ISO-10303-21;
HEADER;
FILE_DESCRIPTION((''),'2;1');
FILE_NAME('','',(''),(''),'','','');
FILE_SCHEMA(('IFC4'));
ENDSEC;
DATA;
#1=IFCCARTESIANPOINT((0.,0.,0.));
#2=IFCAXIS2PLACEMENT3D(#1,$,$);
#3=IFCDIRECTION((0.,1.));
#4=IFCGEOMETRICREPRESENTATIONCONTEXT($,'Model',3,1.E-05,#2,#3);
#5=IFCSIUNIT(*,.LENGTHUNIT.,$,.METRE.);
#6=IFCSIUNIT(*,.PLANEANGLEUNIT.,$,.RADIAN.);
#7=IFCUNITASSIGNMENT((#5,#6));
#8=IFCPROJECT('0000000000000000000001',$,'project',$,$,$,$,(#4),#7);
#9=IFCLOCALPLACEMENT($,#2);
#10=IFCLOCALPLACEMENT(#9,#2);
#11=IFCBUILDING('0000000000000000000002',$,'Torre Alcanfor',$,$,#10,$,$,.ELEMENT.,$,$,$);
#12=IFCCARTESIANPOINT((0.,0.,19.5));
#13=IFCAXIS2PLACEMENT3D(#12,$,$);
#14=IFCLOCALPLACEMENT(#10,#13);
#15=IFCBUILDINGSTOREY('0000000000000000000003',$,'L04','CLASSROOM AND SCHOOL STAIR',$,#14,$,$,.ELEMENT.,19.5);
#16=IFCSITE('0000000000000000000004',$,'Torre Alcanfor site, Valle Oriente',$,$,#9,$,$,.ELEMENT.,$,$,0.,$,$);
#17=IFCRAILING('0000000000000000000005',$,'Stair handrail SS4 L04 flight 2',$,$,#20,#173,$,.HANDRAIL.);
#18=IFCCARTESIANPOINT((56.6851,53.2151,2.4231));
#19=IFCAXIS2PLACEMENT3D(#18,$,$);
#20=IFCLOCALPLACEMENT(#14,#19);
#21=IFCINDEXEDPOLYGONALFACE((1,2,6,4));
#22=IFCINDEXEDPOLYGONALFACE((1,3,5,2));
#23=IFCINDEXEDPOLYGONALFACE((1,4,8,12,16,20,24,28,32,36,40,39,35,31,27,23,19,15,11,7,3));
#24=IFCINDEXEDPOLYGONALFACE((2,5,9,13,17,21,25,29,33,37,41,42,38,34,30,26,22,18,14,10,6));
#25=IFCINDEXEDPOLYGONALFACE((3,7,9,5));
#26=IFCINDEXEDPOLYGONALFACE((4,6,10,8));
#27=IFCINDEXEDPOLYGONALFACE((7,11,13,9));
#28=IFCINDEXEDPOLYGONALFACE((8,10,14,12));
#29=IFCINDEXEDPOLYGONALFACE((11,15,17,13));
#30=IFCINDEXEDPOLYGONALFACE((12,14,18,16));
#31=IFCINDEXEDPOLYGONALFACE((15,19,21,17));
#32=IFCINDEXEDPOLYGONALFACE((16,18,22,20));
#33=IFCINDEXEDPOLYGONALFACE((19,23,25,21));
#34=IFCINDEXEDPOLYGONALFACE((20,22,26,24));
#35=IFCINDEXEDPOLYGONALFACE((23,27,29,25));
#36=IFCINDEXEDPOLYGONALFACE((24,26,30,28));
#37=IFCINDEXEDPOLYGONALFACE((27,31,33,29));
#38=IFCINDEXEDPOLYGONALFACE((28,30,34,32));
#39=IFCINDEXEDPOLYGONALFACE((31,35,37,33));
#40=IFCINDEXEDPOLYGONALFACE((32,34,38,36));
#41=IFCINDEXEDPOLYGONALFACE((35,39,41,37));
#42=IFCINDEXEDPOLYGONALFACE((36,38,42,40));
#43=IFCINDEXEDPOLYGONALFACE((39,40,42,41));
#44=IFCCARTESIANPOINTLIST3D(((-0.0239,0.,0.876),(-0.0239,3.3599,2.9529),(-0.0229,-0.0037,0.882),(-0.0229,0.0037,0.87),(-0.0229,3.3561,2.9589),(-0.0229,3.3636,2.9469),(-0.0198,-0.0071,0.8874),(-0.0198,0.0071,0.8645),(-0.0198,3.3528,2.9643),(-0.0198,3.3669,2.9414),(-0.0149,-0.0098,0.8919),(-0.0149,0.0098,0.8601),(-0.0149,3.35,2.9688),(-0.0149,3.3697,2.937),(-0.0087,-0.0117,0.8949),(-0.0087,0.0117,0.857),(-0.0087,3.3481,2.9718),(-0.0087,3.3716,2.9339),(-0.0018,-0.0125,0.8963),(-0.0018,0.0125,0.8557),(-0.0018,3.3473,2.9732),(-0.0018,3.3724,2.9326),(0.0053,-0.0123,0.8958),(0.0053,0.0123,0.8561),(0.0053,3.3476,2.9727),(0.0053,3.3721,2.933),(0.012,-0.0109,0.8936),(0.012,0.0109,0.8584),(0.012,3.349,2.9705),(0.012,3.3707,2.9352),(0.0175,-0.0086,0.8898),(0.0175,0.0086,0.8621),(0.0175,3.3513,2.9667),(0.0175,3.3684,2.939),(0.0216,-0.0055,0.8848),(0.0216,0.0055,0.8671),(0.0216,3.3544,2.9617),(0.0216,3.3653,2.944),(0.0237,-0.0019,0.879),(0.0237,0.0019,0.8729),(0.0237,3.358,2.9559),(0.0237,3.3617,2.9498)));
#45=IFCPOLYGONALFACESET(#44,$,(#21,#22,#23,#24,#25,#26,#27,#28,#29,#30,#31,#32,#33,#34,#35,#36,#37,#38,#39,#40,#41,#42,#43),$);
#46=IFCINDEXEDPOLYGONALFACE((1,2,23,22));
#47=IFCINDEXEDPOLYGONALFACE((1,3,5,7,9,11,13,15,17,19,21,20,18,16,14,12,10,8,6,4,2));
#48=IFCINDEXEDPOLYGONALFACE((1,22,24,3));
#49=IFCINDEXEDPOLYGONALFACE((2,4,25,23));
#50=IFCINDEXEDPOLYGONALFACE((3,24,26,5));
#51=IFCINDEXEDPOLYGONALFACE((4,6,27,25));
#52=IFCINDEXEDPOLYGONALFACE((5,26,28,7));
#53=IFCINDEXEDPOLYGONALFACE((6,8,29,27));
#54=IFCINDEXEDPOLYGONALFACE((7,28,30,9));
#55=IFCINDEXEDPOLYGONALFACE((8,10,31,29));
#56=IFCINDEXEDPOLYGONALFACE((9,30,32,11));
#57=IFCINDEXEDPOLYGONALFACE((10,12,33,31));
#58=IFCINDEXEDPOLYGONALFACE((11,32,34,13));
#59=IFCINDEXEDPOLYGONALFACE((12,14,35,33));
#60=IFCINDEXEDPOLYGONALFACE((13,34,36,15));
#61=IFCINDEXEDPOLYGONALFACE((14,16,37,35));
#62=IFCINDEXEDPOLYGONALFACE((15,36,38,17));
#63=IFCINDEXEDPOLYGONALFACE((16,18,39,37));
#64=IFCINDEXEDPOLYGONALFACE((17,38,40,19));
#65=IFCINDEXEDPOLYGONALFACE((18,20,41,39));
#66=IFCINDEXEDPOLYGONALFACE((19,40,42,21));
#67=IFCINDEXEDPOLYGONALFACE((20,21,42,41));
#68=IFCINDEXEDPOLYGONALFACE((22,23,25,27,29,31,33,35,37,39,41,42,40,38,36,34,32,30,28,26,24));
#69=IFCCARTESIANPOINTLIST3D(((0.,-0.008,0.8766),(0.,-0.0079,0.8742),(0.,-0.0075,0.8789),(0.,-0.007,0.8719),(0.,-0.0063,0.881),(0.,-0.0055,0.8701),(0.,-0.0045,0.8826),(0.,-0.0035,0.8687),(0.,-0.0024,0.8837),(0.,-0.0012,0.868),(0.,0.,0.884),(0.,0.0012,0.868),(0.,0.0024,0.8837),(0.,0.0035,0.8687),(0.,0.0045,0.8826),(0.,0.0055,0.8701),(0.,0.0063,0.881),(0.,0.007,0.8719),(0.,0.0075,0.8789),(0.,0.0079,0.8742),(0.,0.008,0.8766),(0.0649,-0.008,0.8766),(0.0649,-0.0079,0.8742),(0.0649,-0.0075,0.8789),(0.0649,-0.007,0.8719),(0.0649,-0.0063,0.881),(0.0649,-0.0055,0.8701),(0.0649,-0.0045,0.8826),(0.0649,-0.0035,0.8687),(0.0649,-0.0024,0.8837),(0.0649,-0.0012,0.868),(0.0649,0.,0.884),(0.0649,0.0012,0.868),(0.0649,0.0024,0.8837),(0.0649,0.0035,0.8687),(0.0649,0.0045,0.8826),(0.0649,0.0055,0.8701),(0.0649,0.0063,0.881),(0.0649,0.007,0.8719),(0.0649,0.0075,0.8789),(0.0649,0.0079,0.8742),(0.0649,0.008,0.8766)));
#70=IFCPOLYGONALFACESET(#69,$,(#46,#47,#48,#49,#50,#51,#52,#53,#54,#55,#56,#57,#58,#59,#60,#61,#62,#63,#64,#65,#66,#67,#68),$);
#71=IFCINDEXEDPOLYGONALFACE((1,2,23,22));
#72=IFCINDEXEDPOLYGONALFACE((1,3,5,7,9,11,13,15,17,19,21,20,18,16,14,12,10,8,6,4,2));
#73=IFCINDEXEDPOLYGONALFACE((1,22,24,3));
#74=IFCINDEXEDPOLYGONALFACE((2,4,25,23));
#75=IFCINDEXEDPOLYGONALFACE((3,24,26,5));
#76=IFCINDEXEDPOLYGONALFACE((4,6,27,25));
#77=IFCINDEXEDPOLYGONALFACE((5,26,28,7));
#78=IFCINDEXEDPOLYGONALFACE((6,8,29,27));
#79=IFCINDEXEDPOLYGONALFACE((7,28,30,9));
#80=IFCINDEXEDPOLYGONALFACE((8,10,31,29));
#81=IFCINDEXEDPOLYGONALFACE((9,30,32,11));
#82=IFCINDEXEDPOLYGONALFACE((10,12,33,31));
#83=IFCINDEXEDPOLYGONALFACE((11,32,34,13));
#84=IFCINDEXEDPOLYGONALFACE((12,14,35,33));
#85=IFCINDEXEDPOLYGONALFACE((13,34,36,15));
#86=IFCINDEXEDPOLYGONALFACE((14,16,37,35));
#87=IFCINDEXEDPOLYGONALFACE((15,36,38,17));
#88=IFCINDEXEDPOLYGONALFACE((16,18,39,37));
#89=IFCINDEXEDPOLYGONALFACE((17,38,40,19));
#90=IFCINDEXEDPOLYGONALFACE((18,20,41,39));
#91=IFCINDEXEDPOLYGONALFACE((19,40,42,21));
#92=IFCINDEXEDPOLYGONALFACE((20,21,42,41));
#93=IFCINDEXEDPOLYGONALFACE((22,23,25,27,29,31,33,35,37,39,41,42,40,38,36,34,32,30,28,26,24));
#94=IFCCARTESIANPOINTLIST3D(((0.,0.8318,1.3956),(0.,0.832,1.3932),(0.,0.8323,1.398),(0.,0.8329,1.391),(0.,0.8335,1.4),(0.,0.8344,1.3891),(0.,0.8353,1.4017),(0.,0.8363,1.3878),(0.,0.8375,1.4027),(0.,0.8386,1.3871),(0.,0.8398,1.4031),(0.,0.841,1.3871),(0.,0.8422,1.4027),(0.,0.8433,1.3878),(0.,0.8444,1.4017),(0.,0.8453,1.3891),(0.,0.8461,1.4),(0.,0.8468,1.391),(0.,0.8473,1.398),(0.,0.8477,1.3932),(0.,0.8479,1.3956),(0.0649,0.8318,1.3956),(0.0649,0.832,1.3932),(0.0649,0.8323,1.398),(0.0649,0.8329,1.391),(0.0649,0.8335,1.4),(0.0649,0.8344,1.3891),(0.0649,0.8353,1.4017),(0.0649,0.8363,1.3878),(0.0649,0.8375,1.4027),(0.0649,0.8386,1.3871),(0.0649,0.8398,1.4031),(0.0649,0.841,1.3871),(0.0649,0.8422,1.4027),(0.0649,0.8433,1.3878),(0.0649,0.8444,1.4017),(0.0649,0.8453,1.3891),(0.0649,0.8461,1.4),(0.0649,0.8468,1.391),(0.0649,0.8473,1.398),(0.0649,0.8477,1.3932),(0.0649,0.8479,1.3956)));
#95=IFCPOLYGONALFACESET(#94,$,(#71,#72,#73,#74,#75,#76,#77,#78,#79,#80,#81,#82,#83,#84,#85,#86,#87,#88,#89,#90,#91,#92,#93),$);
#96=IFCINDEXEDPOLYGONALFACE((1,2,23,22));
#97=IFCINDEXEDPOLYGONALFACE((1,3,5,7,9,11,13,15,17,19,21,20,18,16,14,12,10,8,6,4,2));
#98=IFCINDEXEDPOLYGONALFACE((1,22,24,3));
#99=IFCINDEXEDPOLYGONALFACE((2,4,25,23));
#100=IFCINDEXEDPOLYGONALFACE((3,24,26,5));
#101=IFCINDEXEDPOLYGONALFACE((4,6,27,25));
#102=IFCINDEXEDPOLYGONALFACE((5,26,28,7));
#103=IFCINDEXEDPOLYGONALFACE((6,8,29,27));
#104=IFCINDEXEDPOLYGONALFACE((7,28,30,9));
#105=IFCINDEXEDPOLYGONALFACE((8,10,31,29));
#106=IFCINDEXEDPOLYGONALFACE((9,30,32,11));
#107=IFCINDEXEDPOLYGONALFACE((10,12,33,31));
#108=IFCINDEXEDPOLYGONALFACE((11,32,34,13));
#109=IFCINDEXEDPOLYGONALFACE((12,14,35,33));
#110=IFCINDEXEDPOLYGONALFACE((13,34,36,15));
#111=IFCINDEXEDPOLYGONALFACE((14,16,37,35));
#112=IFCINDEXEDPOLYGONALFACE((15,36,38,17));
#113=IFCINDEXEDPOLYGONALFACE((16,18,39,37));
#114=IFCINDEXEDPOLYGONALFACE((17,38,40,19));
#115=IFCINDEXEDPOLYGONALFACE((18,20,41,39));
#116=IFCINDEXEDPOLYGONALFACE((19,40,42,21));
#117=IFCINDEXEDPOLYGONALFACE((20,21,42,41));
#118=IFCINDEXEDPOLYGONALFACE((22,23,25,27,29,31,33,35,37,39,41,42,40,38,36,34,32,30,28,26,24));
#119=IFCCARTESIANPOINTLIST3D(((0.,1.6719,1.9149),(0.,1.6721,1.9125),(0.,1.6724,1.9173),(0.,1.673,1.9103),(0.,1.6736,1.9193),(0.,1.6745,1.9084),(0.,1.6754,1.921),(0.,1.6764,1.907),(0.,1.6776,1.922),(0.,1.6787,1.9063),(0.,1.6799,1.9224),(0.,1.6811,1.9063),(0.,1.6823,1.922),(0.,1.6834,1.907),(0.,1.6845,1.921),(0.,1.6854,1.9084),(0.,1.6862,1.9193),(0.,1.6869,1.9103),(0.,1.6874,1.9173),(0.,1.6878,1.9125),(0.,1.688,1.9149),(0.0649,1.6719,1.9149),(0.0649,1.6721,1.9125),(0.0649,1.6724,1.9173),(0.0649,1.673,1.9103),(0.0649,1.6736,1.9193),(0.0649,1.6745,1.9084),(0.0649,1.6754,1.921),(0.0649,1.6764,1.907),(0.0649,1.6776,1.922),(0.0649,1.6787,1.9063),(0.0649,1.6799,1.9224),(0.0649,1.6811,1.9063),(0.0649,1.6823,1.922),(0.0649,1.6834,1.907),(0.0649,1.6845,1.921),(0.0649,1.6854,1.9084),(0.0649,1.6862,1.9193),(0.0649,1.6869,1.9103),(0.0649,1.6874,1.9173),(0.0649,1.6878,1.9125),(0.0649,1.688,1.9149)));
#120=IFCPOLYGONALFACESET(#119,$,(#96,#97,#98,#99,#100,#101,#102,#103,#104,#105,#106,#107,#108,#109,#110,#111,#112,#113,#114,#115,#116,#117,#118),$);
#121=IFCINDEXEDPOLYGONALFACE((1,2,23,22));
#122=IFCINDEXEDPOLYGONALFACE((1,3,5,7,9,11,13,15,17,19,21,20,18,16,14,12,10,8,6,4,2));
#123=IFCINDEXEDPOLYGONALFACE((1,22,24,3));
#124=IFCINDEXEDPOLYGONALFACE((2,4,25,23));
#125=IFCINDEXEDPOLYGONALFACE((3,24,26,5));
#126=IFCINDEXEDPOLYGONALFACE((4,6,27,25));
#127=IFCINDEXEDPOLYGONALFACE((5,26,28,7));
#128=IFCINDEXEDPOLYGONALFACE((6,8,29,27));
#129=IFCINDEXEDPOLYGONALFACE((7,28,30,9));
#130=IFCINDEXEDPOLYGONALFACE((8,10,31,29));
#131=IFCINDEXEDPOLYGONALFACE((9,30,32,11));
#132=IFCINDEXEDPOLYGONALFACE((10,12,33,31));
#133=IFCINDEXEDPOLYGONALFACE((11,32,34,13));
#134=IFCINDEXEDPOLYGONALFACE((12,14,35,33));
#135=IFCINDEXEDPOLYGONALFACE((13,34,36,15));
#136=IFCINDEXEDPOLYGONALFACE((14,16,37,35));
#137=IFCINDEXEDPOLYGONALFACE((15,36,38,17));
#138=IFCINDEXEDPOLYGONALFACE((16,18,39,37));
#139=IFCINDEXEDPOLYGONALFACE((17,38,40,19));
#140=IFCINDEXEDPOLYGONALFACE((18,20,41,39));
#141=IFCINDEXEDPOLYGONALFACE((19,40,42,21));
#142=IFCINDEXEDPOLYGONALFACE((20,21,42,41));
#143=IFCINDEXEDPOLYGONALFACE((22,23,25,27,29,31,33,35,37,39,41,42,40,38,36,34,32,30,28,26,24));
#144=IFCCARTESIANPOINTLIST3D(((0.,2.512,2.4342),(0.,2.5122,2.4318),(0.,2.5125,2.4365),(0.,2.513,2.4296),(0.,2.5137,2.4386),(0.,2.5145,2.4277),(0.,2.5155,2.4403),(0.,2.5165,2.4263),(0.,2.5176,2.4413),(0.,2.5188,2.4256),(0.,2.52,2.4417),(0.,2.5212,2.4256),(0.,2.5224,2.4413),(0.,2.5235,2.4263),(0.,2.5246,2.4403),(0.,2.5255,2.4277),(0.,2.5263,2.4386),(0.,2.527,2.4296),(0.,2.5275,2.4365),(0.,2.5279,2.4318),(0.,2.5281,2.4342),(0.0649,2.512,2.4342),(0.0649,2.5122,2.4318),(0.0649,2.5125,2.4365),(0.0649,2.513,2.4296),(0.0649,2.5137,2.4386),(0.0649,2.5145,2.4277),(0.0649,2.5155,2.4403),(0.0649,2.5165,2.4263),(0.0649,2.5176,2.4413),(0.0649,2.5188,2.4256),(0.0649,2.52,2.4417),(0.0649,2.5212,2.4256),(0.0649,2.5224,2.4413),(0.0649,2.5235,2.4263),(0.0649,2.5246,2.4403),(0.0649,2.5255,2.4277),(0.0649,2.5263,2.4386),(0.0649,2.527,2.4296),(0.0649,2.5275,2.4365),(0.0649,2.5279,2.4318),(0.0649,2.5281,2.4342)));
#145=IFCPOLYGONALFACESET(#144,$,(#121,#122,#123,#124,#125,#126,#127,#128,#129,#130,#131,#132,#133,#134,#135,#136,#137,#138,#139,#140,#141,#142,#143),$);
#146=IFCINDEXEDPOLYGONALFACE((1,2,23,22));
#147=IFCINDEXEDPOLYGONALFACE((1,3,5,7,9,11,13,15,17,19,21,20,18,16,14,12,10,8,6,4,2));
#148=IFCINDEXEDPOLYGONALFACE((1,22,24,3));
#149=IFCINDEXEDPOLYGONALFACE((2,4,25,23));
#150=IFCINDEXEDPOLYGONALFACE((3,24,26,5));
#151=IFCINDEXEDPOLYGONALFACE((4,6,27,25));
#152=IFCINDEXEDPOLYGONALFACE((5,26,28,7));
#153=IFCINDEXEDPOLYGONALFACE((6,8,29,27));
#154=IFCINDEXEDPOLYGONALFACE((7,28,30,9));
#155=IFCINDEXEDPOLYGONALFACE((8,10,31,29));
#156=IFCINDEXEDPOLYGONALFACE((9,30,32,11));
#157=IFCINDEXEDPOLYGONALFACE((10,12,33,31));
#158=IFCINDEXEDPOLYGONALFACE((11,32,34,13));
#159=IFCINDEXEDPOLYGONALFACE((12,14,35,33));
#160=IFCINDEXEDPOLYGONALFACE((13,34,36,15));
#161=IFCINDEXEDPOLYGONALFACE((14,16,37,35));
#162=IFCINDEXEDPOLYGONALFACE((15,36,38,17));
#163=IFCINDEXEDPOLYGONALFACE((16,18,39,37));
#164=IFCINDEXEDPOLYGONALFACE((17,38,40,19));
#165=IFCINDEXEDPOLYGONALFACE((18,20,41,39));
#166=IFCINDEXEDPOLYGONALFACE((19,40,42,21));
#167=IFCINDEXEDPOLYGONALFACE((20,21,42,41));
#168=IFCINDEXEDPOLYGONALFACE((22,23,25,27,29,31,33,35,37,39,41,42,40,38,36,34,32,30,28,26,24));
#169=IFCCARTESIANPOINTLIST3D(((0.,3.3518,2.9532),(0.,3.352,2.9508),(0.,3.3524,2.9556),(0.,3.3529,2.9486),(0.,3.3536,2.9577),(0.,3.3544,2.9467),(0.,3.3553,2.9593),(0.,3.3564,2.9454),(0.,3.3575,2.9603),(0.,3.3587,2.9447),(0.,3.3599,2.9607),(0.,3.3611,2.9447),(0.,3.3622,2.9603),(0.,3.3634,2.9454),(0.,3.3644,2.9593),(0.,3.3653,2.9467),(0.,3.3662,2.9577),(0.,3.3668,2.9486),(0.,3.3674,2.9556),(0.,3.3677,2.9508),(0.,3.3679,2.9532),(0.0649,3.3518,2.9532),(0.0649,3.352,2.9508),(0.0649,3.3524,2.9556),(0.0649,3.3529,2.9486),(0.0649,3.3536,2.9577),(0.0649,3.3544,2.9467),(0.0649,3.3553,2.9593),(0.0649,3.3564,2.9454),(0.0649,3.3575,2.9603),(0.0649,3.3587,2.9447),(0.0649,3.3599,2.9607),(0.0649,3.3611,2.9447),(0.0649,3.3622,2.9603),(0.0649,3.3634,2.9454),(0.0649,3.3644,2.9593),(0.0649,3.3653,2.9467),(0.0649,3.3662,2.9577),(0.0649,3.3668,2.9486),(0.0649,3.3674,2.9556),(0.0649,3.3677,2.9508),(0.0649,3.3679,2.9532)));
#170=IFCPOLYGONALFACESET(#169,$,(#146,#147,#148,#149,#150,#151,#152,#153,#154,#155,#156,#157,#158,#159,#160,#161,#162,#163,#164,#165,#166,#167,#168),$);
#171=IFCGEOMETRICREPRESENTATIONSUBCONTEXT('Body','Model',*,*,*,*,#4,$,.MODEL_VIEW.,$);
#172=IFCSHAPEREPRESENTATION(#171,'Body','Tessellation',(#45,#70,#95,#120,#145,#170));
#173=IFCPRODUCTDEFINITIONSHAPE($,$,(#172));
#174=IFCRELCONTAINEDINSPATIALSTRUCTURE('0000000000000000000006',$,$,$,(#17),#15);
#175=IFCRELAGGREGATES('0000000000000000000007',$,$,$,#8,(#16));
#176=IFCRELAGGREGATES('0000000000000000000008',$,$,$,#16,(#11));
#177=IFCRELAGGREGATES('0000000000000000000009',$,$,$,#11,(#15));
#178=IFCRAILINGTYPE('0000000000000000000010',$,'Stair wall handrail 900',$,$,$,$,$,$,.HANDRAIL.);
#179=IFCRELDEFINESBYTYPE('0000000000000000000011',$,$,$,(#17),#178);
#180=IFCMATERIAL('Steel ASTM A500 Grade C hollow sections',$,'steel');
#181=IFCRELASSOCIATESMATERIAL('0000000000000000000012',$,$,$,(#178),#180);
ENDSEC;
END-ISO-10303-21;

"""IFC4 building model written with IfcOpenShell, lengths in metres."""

from ifc_helpers import new_model, si_unit, direction, frame, origin, origin_2d, place, context, subcontext, project, spatial, circle, extrude, material, type_object, element, save


model = new_model("IFC4")

# Units and contexts
model_context = context("Model", 3, precision=1e-05, world=origin(), true_north=direction((0.0, 1.0)))
body_context = subcontext(model_context, "Body", "Model", "MODEL_VIEW")
ifc_project = project(units=[si_unit("LENGTHUNIT", "METRE"), si_unit("PLANEANGLEUNIT", "RADIAN")], contexts=[model_context])

# Site, building, storey
site_placement = place(None, origin())
site = spatial("IfcSite", under=ifc_project, at=site_placement, Name="Torre Alcanfor site, Valle Oriente", CompositionType="ELEMENT", RefElevation=0.0)
building_placement = place(site_placement, origin())
building = spatial("IfcBuilding", under=site, at=building_placement, Name="Torre Alcanfor", CompositionType="ELEMENT")
storey_placement = place(building_placement, frame((0.0, 0.0, 19.5)))
storey = spatial("IfcBuildingStorey", under=building, at=storey_placement, Name="L04", Description="CLASSROOM AND SCHOOL STAIR", CompositionType="ELEMENT", Elevation=19.5)

# Railing
ifc_material_1 = material(Name="Steel ASTM A500 Grade C hollow sections", Category="steel")
railing_type_1 = type_object("IfcRailingType", Name="Stair wall handrail 900", PredefinedType="HANDRAIL", material=ifc_material_1)
railing_1_placement = place(storey_placement, frame((56.6851, 53.2151, 2.4231)))
element("IfcRailing", 1, at=railing_1_placement, inside=storey, type_object=railing_type_1, Name="Stair handrail SS4 L04 flight 2", PredefinedType="HANDRAIL", context=body_context, shape_type="SweptSolid", body=[
    extrude(circle(Radius=0.0239, at=origin_2d()), frame((0.0, 0.0, 0.876), z_axis=(0.0, 0.850606, 0.525803), x_axis=(-1.0, 0.0, 0.0)), (0.0, 0.0, 1.0), 3.95),
    extrude(circle(Radius=0.0081, at=origin_2d()), frame((0.0, 0.0, 0.876), z_axis=(1.0, 0.0, 0.0), x_axis=(0.0, 0.0, 1.0)), (0.0, 0.0, 1.0), 0.0649),
    extrude(circle(Radius=0.0081, at=origin_2d()), frame((0.0, 0.8398, 1.395), z_axis=(1.0, 0.0, 0.0), x_axis=(0.0, 0.0, 1.0)), (0.0, 0.0, 1.0), 0.0649),
    extrude(circle(Radius=0.0081, at=origin_2d()), frame((0.0, 1.6799, 1.9143), z_axis=(1.0, 0.0, 0.0), x_axis=(0.0, 0.0, 1.0)), (0.0, 0.0, 1.0), 0.0649),
    extrude(circle(Radius=0.0081, at=origin_2d()), frame((0.0, 2.52, 2.4336), z_axis=(1.0, 0.0, 0.0), x_axis=(0.0, 0.0, 1.0)), (0.0, 0.0, 1.0), 0.0649),
    extrude(circle(Radius=0.0081, at=origin_2d()), frame((0.0, 3.3599, 2.9526), z_axis=(1.0, 0.0, 0.0), x_axis=(0.0, 0.0, 1.0)), (0.0, 0.0, 1.0), 0.0649),
])

save(model, "model.ifc")
